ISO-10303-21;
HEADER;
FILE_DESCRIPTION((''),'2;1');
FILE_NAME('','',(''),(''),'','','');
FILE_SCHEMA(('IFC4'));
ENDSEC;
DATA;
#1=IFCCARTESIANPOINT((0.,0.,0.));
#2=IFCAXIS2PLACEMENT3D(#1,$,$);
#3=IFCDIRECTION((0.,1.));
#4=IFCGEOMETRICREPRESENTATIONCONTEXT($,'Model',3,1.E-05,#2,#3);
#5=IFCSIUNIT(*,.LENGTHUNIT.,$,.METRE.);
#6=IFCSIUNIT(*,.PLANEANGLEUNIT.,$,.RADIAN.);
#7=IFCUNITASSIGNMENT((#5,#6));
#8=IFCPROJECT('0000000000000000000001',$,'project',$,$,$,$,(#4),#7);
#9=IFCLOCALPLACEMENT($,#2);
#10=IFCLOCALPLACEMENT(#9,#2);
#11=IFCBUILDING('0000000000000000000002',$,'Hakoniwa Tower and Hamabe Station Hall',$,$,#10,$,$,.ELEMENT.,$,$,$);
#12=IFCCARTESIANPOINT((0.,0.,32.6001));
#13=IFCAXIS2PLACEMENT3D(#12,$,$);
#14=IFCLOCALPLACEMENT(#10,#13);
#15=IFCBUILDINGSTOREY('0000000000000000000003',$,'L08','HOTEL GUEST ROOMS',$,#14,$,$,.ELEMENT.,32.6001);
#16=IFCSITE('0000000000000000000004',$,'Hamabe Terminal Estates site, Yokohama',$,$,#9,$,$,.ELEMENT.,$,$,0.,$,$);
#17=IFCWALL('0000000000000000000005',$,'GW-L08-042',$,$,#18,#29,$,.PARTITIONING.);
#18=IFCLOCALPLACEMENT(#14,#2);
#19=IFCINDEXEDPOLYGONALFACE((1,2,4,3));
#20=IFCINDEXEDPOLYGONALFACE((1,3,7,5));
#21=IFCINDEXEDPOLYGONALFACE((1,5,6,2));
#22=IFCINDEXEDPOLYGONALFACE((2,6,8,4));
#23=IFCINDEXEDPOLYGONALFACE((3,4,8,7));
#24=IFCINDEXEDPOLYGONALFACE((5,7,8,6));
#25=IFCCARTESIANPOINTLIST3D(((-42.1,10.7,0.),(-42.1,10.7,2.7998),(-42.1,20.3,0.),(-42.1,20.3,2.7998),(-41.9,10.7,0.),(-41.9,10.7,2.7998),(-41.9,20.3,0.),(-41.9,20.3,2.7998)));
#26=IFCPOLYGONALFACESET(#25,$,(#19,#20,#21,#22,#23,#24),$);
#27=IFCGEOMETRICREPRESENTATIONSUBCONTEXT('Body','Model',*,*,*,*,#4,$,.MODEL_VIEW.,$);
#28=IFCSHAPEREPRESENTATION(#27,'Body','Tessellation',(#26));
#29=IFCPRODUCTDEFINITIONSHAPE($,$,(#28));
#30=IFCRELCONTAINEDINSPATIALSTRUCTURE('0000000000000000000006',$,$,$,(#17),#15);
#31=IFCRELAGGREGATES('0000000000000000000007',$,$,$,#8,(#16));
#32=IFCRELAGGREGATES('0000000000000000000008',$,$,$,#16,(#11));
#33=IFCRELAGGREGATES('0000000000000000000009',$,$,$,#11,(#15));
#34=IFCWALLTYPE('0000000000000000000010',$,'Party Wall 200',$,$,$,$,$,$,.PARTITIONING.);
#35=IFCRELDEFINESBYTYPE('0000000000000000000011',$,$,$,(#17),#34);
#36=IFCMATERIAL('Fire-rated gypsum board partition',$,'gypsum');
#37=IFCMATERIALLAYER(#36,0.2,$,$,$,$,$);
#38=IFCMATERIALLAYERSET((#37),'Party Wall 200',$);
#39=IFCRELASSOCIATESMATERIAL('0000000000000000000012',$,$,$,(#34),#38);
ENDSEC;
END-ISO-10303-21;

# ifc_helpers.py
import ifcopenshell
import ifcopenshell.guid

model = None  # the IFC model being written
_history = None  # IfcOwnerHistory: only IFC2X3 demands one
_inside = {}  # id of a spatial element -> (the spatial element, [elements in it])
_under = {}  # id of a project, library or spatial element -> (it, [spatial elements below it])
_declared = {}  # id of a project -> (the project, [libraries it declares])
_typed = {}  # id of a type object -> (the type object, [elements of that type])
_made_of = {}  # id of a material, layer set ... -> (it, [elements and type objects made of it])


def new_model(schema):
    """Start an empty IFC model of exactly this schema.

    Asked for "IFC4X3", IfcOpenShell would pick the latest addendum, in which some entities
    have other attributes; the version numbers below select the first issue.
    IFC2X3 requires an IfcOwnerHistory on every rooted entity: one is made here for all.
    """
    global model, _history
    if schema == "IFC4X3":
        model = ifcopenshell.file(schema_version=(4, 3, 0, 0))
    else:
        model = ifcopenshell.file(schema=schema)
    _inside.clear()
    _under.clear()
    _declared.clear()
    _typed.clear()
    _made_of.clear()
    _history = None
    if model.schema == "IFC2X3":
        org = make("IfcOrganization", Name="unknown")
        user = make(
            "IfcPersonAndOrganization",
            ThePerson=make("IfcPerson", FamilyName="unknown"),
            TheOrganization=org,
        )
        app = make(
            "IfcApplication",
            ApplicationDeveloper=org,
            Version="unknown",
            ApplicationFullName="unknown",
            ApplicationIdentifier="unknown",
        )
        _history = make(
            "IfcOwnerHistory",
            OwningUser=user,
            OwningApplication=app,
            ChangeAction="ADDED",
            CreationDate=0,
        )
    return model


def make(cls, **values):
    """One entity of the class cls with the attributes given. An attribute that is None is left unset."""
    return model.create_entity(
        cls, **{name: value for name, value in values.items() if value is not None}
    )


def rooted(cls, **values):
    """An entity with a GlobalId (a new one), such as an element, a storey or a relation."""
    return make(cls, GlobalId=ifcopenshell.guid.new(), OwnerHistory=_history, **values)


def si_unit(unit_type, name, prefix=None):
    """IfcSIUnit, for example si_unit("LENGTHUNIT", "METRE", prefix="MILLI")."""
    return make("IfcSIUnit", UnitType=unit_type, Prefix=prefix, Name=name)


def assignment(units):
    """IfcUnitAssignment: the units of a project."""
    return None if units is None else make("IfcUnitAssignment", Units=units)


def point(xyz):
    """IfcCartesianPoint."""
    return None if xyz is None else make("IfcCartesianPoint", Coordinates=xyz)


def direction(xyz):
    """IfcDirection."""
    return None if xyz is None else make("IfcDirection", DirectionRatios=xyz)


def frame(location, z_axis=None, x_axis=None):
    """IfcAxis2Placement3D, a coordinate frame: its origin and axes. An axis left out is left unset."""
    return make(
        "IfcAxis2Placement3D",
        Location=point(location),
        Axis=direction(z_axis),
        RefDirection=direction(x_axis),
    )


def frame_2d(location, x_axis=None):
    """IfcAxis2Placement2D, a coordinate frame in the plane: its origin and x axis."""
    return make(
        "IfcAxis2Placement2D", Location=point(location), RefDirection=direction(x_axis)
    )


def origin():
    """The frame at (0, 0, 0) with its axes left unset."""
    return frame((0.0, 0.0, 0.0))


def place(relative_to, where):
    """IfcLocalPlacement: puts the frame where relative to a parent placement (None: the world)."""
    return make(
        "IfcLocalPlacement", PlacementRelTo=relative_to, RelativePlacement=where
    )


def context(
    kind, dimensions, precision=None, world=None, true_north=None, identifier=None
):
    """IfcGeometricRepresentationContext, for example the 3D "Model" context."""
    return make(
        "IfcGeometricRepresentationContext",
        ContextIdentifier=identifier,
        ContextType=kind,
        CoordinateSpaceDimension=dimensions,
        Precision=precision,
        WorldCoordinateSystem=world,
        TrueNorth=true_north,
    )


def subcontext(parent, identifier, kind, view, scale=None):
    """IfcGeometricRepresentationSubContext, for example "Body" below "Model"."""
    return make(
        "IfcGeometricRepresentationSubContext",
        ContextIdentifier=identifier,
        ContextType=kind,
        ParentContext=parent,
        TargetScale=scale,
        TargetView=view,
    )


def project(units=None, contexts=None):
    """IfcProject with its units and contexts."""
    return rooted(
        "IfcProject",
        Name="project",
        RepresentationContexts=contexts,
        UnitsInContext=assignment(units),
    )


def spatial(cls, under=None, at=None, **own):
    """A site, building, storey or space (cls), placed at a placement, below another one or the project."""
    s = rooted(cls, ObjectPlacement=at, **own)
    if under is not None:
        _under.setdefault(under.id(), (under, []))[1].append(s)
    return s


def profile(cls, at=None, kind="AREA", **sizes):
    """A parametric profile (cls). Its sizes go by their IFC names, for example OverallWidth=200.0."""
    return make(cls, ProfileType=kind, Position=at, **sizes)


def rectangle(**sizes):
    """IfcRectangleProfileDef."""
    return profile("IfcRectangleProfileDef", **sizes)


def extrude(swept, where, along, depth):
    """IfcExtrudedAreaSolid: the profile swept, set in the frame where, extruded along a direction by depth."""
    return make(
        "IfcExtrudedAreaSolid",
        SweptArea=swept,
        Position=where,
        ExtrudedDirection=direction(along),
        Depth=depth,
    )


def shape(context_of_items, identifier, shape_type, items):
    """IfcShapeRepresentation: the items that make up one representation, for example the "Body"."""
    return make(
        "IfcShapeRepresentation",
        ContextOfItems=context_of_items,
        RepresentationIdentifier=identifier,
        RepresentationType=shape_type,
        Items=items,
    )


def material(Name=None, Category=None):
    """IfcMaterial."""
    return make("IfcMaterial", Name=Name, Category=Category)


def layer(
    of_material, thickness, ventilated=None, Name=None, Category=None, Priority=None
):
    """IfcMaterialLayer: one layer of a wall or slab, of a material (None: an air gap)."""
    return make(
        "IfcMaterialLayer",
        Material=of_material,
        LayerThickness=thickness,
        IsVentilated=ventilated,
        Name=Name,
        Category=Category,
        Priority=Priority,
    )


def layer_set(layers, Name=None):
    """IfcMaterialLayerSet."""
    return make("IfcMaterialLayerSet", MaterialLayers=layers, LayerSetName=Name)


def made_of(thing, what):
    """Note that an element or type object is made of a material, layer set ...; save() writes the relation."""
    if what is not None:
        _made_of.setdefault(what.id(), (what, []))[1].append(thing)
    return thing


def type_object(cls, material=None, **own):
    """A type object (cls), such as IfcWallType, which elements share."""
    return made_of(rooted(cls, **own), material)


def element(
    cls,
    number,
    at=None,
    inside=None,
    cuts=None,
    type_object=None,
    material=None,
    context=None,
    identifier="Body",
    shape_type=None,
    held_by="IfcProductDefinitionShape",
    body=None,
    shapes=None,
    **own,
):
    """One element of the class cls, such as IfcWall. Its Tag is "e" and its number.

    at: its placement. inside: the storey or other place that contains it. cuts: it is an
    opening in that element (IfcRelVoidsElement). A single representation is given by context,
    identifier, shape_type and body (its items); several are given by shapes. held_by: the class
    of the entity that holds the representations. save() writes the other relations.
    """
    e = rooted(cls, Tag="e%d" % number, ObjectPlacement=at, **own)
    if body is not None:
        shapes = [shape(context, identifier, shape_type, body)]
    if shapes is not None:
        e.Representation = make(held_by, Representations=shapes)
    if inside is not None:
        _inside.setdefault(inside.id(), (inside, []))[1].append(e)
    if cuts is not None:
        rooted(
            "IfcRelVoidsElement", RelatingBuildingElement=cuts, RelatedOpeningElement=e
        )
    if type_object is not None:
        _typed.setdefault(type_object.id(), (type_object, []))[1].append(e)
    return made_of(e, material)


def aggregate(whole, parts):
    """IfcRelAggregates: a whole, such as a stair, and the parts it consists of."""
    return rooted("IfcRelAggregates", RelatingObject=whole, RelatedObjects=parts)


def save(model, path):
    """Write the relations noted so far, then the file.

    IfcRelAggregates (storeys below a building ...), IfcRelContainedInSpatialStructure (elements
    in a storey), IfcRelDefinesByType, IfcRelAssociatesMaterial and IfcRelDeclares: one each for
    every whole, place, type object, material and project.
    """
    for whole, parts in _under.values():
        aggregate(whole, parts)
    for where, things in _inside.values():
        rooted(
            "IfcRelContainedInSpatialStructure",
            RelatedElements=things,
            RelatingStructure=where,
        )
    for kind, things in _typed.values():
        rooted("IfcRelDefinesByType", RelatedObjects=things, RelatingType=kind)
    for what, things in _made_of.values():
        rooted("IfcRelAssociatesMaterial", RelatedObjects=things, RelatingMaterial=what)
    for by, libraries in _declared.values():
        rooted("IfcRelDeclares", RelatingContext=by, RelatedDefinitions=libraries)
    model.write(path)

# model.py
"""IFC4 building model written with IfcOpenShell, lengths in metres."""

from ifc_helpers import new_model, si_unit, direction, frame, frame_2d, origin, place, context, subcontext, project, spatial, rectangle, extrude, material, layer, layer_set, type_object, element, save


model = new_model("IFC4")

# Units and contexts
model_context = context("Model", 3, precision=1e-05, world=origin(), true_north=direction((0.0, 1.0)))
body_context = subcontext(model_context, "Body", "Model", "MODEL_VIEW")
ifc_project = project(units=[si_unit("LENGTHUNIT", "METRE"), si_unit("PLANEANGLEUNIT", "RADIAN")], contexts=[model_context])

# Site, building, storey
site_placement = place(None, origin())
site = spatial("IfcSite", under=ifc_project, at=site_placement, Name="Hamabe Terminal Estates site, Yokohama", CompositionType="ELEMENT", RefElevation=0.0)
building_placement = place(site_placement, origin())
building = spatial("IfcBuilding", under=site, at=building_placement, Name="Hakoniwa Tower and Hamabe Station Hall", CompositionType="ELEMENT")
storey_placement = place(building_placement, frame((0.0, 0.0, 32.6001)))
storey = spatial("IfcBuildingStorey", under=building, at=storey_placement, Name="L08", Description="HOTEL GUEST ROOMS", CompositionType="ELEMENT", Elevation=32.6001)

# Wall
ifc_material_1 = material(Name="Fire-rated gypsum board partition", Category="gypsum")
ifc_layer_1 = layer(ifc_material_1, 0.2)
ifc_layer_set_1 = layer_set([ifc_layer_1], Name="Party Wall 200")
wall_type_1 = type_object("IfcWallType", Name="Party Wall 200", PredefinedType="PARTITIONING", material=ifc_layer_set_1)
wall_1_placement = place(storey_placement, frame((-42.0, 10.7, 0.0), z_axis=(0.0, 0.0, 1.0), x_axis=(0.0, 1.0, 0.0)))
element("IfcWall", 1, at=wall_1_placement, inside=storey, type_object=wall_type_1, Name="GW-L08-042", PredefinedType="PARTITIONING", context=body_context, shape_type="SweptSolid", body=[
    extrude(rectangle(XDim=9.6001, YDim=0.2, at=frame_2d((4.8, 0.0))), origin(), (0.0, 0.0, 1.0), 2.7998),
])

save(model, "model.ifc")
